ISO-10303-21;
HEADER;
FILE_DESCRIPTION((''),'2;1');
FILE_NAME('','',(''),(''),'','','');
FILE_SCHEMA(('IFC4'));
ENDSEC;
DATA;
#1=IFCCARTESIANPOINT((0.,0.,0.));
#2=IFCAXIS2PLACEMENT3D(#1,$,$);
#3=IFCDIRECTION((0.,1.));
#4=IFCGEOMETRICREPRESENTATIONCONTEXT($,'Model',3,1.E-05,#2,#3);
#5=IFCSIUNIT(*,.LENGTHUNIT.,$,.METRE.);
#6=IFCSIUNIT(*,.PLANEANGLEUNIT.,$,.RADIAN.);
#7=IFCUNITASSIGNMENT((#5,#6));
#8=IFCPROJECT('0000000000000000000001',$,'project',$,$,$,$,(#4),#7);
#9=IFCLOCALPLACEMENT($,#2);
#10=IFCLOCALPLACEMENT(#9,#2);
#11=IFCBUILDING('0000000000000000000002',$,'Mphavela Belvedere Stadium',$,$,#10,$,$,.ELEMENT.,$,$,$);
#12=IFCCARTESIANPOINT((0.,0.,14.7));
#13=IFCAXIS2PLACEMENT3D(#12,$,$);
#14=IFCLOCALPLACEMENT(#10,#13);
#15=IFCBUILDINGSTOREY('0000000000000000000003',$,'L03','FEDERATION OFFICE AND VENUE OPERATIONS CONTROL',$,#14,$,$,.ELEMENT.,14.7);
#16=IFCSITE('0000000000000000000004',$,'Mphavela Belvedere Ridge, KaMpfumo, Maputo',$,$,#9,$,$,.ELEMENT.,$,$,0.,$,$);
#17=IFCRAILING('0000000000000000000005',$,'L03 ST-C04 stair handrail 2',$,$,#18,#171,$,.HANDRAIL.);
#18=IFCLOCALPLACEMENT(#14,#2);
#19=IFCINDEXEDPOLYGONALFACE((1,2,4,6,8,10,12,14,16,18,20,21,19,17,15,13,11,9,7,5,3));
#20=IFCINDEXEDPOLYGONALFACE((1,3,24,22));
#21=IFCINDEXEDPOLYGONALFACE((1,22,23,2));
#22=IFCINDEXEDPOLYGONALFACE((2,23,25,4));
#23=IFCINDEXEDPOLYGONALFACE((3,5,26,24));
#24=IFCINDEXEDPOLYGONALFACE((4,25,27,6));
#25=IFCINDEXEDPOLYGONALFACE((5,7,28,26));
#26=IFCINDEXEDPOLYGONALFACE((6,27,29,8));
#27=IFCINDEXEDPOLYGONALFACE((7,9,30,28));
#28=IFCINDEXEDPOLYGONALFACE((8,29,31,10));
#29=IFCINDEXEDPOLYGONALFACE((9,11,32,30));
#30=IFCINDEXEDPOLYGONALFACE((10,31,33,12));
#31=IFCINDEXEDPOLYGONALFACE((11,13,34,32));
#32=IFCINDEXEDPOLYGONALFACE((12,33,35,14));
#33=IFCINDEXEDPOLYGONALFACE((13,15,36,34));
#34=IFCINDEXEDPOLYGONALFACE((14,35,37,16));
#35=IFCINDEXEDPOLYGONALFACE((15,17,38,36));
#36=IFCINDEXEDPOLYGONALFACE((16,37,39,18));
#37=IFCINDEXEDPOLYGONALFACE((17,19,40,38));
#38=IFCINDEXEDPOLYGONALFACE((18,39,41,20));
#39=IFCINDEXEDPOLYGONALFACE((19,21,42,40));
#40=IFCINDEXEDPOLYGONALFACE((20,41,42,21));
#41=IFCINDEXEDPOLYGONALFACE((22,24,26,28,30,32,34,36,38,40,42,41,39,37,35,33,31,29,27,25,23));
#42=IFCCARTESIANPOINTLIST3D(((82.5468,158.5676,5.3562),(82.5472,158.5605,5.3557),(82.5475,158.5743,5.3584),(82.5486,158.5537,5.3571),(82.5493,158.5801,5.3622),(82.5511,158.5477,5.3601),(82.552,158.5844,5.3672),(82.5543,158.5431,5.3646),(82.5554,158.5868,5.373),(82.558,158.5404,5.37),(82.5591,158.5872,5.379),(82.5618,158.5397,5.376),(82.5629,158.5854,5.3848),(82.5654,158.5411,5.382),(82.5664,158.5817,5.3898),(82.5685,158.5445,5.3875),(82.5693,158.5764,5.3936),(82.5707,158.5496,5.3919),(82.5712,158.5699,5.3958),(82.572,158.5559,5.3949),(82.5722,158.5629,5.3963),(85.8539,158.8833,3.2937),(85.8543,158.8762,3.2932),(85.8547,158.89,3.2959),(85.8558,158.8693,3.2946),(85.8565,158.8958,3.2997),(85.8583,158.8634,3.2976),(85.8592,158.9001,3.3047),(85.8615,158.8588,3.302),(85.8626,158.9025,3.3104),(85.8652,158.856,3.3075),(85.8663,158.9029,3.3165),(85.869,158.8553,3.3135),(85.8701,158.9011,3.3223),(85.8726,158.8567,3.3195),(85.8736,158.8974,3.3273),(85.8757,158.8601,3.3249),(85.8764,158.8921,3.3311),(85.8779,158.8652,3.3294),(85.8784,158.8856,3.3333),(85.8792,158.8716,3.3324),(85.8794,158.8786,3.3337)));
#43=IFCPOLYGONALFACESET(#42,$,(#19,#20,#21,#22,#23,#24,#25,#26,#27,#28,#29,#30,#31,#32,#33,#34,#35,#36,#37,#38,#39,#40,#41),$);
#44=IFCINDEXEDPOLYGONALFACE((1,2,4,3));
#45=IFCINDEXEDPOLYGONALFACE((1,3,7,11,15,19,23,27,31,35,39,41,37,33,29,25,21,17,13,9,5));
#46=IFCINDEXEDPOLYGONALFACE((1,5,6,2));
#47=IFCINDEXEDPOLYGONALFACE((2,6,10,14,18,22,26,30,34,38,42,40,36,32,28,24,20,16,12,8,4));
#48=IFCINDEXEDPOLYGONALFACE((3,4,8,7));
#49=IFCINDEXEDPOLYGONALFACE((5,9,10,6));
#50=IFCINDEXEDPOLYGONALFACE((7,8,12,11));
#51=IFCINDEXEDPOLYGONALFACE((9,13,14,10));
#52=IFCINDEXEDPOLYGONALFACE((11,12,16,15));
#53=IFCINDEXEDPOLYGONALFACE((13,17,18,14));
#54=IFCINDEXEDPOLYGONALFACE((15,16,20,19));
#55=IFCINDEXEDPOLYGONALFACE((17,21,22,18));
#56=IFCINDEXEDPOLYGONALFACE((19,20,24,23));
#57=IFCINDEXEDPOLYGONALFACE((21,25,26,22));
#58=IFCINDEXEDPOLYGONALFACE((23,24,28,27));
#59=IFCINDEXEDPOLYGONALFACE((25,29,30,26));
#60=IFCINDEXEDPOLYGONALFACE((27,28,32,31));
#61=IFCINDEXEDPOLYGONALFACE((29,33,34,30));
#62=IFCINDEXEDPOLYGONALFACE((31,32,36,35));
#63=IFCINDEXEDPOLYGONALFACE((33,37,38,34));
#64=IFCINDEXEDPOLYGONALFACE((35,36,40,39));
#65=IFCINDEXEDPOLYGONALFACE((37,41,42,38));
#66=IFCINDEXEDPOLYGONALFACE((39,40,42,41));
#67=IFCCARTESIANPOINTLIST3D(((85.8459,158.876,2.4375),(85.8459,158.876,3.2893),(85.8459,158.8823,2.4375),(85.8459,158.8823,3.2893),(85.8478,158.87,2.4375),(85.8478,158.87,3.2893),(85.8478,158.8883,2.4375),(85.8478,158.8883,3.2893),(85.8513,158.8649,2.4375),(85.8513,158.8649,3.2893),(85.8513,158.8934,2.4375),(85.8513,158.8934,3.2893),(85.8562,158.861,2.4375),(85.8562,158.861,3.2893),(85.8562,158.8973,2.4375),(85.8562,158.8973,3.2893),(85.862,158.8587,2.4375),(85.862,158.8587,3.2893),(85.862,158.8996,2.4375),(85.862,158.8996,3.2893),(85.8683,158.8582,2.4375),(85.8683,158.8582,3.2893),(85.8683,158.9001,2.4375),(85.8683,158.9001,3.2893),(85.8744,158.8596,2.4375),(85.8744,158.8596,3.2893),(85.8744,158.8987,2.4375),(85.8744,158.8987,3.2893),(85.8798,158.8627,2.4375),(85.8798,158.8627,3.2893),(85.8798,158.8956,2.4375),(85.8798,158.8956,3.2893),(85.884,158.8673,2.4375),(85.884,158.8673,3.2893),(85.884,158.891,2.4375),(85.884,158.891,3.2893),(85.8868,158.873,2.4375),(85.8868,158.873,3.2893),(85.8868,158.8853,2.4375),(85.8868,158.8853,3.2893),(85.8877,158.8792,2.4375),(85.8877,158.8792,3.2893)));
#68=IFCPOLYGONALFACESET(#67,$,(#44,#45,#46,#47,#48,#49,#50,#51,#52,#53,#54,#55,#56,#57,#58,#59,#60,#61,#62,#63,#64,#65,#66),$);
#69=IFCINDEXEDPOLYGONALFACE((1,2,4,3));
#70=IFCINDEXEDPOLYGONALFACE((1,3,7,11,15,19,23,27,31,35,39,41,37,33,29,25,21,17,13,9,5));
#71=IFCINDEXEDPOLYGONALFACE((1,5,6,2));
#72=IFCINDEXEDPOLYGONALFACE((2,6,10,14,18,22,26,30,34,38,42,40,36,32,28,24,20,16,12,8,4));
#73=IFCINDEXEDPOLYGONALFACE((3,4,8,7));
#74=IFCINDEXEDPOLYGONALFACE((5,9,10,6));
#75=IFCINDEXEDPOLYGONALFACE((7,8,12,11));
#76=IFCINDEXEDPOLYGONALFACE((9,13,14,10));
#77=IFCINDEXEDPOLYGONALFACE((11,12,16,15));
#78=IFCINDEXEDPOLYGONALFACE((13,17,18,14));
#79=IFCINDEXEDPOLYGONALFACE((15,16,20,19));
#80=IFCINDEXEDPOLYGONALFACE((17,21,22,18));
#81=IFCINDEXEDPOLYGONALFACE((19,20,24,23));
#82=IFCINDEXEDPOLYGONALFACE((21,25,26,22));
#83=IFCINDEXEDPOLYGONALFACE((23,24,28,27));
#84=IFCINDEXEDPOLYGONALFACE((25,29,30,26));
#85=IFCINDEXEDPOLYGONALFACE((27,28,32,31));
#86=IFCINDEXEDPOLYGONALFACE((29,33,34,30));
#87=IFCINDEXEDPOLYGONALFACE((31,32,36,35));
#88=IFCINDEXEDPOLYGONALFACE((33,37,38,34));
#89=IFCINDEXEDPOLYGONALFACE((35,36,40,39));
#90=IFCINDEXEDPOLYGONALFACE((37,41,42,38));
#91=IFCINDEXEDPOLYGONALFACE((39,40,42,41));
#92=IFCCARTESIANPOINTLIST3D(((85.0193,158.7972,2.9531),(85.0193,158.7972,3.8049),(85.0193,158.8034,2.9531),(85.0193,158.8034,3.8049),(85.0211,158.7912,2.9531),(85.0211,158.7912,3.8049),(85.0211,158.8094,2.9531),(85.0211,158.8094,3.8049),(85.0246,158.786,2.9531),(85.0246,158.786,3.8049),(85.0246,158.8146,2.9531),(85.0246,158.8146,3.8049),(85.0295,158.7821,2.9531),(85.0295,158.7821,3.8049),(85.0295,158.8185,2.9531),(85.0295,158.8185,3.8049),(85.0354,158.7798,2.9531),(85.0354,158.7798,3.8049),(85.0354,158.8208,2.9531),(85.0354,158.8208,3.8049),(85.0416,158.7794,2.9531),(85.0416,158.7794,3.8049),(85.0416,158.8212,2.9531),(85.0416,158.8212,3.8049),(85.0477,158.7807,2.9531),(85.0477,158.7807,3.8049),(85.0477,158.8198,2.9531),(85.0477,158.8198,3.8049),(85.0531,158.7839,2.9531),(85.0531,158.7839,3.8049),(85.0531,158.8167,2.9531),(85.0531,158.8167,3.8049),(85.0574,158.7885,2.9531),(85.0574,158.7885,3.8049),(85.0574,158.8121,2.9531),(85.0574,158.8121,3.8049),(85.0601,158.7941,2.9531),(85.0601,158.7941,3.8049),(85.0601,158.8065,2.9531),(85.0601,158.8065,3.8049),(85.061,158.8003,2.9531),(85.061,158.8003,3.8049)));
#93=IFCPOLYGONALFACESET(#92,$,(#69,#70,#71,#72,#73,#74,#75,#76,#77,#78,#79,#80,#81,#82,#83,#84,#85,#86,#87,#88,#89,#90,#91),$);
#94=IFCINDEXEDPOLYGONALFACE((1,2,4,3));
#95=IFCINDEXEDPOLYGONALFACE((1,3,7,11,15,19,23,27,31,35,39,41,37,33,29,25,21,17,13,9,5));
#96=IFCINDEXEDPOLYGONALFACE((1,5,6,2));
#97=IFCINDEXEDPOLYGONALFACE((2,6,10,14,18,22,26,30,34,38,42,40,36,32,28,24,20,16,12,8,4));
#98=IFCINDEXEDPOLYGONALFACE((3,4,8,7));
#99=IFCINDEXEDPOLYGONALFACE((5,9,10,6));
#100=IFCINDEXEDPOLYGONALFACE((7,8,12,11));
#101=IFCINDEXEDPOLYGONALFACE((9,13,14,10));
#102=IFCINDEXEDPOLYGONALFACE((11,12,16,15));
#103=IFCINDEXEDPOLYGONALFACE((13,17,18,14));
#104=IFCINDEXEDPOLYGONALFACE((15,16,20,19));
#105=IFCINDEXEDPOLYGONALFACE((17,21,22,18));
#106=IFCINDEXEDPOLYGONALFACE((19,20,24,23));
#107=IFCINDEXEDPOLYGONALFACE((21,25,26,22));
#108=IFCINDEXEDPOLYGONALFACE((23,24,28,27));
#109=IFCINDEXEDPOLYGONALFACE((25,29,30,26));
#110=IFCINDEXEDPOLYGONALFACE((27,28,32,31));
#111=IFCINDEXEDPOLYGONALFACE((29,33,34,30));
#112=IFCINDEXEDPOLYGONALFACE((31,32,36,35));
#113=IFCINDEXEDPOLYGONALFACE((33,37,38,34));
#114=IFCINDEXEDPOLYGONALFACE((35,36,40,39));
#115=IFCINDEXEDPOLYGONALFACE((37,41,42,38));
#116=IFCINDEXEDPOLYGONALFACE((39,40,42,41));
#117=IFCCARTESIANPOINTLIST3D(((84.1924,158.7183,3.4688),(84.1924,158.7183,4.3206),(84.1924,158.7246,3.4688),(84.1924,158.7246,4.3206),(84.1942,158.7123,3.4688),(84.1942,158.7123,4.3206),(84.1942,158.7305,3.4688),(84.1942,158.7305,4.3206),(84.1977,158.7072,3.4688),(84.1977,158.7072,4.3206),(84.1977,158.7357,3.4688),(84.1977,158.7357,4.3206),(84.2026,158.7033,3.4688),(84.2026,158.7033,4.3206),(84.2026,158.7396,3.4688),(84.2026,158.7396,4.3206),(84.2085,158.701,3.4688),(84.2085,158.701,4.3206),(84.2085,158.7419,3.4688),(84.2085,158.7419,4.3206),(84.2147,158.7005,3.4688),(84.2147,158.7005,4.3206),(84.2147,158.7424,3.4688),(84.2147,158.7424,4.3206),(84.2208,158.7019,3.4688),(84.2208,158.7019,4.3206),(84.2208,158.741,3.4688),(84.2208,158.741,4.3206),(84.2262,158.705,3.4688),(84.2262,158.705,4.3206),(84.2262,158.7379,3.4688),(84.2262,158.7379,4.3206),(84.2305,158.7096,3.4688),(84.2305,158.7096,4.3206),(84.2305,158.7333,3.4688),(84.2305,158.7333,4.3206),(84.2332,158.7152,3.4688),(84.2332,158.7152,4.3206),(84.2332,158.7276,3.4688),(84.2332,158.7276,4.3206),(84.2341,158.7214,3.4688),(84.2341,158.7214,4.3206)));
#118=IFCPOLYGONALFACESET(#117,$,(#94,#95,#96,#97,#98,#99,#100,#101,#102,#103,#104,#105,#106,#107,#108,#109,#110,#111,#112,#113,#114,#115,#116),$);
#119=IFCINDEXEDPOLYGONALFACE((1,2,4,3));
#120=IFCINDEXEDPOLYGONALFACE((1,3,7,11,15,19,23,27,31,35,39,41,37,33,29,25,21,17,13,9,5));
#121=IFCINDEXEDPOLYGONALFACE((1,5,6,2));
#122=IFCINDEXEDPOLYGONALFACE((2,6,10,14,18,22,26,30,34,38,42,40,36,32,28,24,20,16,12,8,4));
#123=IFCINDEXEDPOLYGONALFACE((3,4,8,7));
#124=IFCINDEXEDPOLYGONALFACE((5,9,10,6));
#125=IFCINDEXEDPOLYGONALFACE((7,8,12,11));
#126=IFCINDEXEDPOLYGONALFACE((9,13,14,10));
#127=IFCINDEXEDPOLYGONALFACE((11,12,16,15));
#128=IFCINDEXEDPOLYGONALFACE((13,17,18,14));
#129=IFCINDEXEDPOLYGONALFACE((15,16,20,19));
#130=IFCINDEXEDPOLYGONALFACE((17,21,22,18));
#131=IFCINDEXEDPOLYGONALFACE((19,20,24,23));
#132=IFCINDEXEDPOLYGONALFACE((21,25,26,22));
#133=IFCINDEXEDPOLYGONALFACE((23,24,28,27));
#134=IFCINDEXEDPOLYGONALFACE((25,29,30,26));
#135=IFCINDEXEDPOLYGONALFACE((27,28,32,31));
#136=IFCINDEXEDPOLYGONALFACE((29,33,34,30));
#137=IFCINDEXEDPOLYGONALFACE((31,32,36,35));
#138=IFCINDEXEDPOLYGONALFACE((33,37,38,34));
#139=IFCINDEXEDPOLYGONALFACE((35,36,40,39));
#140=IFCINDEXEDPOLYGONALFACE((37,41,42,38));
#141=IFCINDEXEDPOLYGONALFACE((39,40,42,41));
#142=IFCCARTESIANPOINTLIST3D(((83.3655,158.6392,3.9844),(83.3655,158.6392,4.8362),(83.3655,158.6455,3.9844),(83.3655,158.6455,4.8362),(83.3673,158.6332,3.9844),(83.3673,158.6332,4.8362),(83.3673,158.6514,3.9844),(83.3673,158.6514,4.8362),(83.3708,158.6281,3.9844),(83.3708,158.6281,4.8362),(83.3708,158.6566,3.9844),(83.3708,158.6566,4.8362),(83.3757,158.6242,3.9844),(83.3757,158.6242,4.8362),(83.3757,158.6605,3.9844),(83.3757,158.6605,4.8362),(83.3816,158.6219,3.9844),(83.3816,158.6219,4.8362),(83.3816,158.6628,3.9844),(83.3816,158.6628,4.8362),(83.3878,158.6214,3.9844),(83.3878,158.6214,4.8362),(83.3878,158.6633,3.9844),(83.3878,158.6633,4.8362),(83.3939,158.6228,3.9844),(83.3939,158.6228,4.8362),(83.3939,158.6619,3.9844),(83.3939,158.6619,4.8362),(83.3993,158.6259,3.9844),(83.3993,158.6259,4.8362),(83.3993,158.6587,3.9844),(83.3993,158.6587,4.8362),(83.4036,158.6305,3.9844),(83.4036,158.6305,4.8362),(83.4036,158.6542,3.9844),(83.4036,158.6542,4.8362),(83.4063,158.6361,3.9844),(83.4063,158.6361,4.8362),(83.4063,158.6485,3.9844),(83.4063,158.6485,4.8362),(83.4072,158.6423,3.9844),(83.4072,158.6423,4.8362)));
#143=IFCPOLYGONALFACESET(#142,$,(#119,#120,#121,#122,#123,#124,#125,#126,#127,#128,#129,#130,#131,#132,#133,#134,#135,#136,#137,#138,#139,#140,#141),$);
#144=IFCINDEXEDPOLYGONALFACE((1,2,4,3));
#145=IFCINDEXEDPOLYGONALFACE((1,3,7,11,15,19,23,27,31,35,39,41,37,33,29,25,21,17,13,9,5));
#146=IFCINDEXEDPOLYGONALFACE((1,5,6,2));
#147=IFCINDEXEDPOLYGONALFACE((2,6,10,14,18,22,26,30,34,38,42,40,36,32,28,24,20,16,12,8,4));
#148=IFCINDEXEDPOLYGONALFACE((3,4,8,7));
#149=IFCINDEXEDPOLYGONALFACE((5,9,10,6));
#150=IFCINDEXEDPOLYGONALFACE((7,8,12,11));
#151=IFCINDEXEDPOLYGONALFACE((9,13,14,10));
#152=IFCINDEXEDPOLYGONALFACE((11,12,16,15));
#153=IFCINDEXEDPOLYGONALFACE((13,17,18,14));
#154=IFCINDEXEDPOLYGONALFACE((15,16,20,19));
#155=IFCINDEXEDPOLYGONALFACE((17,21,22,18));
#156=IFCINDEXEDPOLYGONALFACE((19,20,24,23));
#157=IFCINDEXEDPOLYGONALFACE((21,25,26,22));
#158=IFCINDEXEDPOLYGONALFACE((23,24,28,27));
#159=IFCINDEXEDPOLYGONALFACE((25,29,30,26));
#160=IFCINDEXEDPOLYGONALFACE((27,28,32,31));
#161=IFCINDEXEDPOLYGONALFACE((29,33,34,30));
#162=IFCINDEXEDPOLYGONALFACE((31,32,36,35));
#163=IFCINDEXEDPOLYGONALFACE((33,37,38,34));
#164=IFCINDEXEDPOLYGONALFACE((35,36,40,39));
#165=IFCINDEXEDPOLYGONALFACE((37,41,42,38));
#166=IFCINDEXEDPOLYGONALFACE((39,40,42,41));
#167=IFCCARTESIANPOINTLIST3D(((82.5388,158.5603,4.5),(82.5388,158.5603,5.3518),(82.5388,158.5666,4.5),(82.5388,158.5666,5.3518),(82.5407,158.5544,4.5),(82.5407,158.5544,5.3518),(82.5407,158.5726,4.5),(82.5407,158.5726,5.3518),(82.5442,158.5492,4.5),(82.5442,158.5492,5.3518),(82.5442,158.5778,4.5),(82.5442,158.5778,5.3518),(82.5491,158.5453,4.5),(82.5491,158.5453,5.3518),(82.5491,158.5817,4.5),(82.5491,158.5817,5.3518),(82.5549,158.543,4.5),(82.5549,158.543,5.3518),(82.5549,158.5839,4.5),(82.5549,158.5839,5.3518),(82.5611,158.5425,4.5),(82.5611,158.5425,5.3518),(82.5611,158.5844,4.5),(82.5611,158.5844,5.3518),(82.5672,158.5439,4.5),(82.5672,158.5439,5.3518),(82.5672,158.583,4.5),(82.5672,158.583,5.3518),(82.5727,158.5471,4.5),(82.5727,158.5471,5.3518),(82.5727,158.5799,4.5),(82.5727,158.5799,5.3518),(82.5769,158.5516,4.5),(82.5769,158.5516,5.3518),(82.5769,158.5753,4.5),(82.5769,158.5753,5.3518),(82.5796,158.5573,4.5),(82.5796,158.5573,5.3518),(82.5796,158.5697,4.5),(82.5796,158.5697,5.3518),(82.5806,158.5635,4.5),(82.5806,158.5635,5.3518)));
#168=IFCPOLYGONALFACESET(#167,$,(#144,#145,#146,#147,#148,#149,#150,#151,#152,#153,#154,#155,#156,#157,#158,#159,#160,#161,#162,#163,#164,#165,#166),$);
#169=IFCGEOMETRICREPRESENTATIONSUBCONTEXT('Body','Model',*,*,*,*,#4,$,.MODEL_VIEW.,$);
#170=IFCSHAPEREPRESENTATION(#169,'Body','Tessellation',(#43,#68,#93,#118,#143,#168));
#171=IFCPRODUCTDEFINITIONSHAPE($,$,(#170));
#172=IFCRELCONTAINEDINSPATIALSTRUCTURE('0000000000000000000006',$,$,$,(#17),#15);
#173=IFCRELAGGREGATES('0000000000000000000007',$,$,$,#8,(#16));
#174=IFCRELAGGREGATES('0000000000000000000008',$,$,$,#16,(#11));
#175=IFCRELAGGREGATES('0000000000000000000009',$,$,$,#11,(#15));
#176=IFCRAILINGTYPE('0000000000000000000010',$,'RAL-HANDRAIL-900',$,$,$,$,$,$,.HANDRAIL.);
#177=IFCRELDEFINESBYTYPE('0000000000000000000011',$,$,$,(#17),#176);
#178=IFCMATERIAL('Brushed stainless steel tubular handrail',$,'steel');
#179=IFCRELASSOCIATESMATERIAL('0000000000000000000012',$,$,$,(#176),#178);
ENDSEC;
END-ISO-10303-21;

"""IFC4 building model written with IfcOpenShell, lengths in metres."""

from ifc_helpers import new_model, si_unit, direction, frame, origin, origin_2d, place, context, subcontext, project, spatial, circle, extrude, material, type_object, element, save


model = new_model("IFC4")

# Units and contexts
model_context = context("Model", 3, precision=1e-05, world=origin(), true_north=direction((0.0, 1.0)))
body_context = subcontext(model_context, "Body", "Model", "MODEL_VIEW")
ifc_project = project(units=[si_unit("LENGTHUNIT", "METRE"), si_unit("PLANEANGLEUNIT", "RADIAN")], contexts=[model_context])

# Site, building, storey
site_placement = place(None, origin())
site = spatial("IfcSite", under=ifc_project, at=site_placement, Name="Mphavela Belvedere Ridge, KaMpfumo, Maputo", CompositionType="ELEMENT", RefElevation=0.0)
building_placement = place(site_placement, origin())
building = spatial("IfcBuilding", under=site, at=building_placement, Name="Mphavela Belvedere Stadium", CompositionType="ELEMENT")
storey_placement = place(building_placement, frame((0.0, 0.0, 14.7)))
storey = spatial("IfcBuildingStorey", under=building, at=storey_placement, Name="L03", Description="FEDERATION OFFICE AND VENUE OPERATIONS CONTROL", CompositionType="ELEMENT", Elevation=14.7)

# Railing
ifc_material_1 = material(Name="Brushed stainless steel tubular handrail", Category="steel")
railing_type_1 = type_object("IfcRailingType", Name="RAL-HANDRAIL-900", PredefinedType="HANDRAIL", material=ifc_material_1)
railing_1_placement = place(storey_placement, frame((85.8667, 158.8792, 2.4375)))
element("IfcRailing", 1, at=railing_1_placement, inside=storey, type_object=railing_type_1, Name="L03 ST-C04 stair handrail 2", PredefinedType="HANDRAIL", context=body_context, shape_type="SweptSolid", body=[
    extrude(circle(Radius=0.0239, at=origin_2d()), frame((0.0, 0.0, 0.876), z_axis=(-0.845742, -0.080728, 0.527449), x_axis=(0.095021, -0.995475, 0.0)), (0.0, 0.0, 1.0), 3.9104),
    extrude(circle(Radius=0.021, at=origin_2d()), origin(), (0.0, 0.0, 1.0), 0.8518),
    extrude(circle(Radius=0.021, at=origin_2d()), frame((-0.8267, -0.0789, 0.5156)), (0.0, 0.0, 1.0), 0.8518),
    extrude(circle(Radius=0.021, at=origin_2d()), frame((-1.6536, -0.1577, 1.0312)), (0.0, 0.0, 1.0), 0.8518),
    extrude(circle(Radius=0.021, at=origin_2d()), frame((-2.4805, -0.2368, 1.5469)), (0.0, 0.0, 1.0), 0.8518),
    extrude(circle(Radius=0.021, at=origin_2d()), frame((-3.3071, -0.3157, 2.0625)), (0.0, 0.0, 1.0), 0.8518),
])

save(model, "model.ifc")
